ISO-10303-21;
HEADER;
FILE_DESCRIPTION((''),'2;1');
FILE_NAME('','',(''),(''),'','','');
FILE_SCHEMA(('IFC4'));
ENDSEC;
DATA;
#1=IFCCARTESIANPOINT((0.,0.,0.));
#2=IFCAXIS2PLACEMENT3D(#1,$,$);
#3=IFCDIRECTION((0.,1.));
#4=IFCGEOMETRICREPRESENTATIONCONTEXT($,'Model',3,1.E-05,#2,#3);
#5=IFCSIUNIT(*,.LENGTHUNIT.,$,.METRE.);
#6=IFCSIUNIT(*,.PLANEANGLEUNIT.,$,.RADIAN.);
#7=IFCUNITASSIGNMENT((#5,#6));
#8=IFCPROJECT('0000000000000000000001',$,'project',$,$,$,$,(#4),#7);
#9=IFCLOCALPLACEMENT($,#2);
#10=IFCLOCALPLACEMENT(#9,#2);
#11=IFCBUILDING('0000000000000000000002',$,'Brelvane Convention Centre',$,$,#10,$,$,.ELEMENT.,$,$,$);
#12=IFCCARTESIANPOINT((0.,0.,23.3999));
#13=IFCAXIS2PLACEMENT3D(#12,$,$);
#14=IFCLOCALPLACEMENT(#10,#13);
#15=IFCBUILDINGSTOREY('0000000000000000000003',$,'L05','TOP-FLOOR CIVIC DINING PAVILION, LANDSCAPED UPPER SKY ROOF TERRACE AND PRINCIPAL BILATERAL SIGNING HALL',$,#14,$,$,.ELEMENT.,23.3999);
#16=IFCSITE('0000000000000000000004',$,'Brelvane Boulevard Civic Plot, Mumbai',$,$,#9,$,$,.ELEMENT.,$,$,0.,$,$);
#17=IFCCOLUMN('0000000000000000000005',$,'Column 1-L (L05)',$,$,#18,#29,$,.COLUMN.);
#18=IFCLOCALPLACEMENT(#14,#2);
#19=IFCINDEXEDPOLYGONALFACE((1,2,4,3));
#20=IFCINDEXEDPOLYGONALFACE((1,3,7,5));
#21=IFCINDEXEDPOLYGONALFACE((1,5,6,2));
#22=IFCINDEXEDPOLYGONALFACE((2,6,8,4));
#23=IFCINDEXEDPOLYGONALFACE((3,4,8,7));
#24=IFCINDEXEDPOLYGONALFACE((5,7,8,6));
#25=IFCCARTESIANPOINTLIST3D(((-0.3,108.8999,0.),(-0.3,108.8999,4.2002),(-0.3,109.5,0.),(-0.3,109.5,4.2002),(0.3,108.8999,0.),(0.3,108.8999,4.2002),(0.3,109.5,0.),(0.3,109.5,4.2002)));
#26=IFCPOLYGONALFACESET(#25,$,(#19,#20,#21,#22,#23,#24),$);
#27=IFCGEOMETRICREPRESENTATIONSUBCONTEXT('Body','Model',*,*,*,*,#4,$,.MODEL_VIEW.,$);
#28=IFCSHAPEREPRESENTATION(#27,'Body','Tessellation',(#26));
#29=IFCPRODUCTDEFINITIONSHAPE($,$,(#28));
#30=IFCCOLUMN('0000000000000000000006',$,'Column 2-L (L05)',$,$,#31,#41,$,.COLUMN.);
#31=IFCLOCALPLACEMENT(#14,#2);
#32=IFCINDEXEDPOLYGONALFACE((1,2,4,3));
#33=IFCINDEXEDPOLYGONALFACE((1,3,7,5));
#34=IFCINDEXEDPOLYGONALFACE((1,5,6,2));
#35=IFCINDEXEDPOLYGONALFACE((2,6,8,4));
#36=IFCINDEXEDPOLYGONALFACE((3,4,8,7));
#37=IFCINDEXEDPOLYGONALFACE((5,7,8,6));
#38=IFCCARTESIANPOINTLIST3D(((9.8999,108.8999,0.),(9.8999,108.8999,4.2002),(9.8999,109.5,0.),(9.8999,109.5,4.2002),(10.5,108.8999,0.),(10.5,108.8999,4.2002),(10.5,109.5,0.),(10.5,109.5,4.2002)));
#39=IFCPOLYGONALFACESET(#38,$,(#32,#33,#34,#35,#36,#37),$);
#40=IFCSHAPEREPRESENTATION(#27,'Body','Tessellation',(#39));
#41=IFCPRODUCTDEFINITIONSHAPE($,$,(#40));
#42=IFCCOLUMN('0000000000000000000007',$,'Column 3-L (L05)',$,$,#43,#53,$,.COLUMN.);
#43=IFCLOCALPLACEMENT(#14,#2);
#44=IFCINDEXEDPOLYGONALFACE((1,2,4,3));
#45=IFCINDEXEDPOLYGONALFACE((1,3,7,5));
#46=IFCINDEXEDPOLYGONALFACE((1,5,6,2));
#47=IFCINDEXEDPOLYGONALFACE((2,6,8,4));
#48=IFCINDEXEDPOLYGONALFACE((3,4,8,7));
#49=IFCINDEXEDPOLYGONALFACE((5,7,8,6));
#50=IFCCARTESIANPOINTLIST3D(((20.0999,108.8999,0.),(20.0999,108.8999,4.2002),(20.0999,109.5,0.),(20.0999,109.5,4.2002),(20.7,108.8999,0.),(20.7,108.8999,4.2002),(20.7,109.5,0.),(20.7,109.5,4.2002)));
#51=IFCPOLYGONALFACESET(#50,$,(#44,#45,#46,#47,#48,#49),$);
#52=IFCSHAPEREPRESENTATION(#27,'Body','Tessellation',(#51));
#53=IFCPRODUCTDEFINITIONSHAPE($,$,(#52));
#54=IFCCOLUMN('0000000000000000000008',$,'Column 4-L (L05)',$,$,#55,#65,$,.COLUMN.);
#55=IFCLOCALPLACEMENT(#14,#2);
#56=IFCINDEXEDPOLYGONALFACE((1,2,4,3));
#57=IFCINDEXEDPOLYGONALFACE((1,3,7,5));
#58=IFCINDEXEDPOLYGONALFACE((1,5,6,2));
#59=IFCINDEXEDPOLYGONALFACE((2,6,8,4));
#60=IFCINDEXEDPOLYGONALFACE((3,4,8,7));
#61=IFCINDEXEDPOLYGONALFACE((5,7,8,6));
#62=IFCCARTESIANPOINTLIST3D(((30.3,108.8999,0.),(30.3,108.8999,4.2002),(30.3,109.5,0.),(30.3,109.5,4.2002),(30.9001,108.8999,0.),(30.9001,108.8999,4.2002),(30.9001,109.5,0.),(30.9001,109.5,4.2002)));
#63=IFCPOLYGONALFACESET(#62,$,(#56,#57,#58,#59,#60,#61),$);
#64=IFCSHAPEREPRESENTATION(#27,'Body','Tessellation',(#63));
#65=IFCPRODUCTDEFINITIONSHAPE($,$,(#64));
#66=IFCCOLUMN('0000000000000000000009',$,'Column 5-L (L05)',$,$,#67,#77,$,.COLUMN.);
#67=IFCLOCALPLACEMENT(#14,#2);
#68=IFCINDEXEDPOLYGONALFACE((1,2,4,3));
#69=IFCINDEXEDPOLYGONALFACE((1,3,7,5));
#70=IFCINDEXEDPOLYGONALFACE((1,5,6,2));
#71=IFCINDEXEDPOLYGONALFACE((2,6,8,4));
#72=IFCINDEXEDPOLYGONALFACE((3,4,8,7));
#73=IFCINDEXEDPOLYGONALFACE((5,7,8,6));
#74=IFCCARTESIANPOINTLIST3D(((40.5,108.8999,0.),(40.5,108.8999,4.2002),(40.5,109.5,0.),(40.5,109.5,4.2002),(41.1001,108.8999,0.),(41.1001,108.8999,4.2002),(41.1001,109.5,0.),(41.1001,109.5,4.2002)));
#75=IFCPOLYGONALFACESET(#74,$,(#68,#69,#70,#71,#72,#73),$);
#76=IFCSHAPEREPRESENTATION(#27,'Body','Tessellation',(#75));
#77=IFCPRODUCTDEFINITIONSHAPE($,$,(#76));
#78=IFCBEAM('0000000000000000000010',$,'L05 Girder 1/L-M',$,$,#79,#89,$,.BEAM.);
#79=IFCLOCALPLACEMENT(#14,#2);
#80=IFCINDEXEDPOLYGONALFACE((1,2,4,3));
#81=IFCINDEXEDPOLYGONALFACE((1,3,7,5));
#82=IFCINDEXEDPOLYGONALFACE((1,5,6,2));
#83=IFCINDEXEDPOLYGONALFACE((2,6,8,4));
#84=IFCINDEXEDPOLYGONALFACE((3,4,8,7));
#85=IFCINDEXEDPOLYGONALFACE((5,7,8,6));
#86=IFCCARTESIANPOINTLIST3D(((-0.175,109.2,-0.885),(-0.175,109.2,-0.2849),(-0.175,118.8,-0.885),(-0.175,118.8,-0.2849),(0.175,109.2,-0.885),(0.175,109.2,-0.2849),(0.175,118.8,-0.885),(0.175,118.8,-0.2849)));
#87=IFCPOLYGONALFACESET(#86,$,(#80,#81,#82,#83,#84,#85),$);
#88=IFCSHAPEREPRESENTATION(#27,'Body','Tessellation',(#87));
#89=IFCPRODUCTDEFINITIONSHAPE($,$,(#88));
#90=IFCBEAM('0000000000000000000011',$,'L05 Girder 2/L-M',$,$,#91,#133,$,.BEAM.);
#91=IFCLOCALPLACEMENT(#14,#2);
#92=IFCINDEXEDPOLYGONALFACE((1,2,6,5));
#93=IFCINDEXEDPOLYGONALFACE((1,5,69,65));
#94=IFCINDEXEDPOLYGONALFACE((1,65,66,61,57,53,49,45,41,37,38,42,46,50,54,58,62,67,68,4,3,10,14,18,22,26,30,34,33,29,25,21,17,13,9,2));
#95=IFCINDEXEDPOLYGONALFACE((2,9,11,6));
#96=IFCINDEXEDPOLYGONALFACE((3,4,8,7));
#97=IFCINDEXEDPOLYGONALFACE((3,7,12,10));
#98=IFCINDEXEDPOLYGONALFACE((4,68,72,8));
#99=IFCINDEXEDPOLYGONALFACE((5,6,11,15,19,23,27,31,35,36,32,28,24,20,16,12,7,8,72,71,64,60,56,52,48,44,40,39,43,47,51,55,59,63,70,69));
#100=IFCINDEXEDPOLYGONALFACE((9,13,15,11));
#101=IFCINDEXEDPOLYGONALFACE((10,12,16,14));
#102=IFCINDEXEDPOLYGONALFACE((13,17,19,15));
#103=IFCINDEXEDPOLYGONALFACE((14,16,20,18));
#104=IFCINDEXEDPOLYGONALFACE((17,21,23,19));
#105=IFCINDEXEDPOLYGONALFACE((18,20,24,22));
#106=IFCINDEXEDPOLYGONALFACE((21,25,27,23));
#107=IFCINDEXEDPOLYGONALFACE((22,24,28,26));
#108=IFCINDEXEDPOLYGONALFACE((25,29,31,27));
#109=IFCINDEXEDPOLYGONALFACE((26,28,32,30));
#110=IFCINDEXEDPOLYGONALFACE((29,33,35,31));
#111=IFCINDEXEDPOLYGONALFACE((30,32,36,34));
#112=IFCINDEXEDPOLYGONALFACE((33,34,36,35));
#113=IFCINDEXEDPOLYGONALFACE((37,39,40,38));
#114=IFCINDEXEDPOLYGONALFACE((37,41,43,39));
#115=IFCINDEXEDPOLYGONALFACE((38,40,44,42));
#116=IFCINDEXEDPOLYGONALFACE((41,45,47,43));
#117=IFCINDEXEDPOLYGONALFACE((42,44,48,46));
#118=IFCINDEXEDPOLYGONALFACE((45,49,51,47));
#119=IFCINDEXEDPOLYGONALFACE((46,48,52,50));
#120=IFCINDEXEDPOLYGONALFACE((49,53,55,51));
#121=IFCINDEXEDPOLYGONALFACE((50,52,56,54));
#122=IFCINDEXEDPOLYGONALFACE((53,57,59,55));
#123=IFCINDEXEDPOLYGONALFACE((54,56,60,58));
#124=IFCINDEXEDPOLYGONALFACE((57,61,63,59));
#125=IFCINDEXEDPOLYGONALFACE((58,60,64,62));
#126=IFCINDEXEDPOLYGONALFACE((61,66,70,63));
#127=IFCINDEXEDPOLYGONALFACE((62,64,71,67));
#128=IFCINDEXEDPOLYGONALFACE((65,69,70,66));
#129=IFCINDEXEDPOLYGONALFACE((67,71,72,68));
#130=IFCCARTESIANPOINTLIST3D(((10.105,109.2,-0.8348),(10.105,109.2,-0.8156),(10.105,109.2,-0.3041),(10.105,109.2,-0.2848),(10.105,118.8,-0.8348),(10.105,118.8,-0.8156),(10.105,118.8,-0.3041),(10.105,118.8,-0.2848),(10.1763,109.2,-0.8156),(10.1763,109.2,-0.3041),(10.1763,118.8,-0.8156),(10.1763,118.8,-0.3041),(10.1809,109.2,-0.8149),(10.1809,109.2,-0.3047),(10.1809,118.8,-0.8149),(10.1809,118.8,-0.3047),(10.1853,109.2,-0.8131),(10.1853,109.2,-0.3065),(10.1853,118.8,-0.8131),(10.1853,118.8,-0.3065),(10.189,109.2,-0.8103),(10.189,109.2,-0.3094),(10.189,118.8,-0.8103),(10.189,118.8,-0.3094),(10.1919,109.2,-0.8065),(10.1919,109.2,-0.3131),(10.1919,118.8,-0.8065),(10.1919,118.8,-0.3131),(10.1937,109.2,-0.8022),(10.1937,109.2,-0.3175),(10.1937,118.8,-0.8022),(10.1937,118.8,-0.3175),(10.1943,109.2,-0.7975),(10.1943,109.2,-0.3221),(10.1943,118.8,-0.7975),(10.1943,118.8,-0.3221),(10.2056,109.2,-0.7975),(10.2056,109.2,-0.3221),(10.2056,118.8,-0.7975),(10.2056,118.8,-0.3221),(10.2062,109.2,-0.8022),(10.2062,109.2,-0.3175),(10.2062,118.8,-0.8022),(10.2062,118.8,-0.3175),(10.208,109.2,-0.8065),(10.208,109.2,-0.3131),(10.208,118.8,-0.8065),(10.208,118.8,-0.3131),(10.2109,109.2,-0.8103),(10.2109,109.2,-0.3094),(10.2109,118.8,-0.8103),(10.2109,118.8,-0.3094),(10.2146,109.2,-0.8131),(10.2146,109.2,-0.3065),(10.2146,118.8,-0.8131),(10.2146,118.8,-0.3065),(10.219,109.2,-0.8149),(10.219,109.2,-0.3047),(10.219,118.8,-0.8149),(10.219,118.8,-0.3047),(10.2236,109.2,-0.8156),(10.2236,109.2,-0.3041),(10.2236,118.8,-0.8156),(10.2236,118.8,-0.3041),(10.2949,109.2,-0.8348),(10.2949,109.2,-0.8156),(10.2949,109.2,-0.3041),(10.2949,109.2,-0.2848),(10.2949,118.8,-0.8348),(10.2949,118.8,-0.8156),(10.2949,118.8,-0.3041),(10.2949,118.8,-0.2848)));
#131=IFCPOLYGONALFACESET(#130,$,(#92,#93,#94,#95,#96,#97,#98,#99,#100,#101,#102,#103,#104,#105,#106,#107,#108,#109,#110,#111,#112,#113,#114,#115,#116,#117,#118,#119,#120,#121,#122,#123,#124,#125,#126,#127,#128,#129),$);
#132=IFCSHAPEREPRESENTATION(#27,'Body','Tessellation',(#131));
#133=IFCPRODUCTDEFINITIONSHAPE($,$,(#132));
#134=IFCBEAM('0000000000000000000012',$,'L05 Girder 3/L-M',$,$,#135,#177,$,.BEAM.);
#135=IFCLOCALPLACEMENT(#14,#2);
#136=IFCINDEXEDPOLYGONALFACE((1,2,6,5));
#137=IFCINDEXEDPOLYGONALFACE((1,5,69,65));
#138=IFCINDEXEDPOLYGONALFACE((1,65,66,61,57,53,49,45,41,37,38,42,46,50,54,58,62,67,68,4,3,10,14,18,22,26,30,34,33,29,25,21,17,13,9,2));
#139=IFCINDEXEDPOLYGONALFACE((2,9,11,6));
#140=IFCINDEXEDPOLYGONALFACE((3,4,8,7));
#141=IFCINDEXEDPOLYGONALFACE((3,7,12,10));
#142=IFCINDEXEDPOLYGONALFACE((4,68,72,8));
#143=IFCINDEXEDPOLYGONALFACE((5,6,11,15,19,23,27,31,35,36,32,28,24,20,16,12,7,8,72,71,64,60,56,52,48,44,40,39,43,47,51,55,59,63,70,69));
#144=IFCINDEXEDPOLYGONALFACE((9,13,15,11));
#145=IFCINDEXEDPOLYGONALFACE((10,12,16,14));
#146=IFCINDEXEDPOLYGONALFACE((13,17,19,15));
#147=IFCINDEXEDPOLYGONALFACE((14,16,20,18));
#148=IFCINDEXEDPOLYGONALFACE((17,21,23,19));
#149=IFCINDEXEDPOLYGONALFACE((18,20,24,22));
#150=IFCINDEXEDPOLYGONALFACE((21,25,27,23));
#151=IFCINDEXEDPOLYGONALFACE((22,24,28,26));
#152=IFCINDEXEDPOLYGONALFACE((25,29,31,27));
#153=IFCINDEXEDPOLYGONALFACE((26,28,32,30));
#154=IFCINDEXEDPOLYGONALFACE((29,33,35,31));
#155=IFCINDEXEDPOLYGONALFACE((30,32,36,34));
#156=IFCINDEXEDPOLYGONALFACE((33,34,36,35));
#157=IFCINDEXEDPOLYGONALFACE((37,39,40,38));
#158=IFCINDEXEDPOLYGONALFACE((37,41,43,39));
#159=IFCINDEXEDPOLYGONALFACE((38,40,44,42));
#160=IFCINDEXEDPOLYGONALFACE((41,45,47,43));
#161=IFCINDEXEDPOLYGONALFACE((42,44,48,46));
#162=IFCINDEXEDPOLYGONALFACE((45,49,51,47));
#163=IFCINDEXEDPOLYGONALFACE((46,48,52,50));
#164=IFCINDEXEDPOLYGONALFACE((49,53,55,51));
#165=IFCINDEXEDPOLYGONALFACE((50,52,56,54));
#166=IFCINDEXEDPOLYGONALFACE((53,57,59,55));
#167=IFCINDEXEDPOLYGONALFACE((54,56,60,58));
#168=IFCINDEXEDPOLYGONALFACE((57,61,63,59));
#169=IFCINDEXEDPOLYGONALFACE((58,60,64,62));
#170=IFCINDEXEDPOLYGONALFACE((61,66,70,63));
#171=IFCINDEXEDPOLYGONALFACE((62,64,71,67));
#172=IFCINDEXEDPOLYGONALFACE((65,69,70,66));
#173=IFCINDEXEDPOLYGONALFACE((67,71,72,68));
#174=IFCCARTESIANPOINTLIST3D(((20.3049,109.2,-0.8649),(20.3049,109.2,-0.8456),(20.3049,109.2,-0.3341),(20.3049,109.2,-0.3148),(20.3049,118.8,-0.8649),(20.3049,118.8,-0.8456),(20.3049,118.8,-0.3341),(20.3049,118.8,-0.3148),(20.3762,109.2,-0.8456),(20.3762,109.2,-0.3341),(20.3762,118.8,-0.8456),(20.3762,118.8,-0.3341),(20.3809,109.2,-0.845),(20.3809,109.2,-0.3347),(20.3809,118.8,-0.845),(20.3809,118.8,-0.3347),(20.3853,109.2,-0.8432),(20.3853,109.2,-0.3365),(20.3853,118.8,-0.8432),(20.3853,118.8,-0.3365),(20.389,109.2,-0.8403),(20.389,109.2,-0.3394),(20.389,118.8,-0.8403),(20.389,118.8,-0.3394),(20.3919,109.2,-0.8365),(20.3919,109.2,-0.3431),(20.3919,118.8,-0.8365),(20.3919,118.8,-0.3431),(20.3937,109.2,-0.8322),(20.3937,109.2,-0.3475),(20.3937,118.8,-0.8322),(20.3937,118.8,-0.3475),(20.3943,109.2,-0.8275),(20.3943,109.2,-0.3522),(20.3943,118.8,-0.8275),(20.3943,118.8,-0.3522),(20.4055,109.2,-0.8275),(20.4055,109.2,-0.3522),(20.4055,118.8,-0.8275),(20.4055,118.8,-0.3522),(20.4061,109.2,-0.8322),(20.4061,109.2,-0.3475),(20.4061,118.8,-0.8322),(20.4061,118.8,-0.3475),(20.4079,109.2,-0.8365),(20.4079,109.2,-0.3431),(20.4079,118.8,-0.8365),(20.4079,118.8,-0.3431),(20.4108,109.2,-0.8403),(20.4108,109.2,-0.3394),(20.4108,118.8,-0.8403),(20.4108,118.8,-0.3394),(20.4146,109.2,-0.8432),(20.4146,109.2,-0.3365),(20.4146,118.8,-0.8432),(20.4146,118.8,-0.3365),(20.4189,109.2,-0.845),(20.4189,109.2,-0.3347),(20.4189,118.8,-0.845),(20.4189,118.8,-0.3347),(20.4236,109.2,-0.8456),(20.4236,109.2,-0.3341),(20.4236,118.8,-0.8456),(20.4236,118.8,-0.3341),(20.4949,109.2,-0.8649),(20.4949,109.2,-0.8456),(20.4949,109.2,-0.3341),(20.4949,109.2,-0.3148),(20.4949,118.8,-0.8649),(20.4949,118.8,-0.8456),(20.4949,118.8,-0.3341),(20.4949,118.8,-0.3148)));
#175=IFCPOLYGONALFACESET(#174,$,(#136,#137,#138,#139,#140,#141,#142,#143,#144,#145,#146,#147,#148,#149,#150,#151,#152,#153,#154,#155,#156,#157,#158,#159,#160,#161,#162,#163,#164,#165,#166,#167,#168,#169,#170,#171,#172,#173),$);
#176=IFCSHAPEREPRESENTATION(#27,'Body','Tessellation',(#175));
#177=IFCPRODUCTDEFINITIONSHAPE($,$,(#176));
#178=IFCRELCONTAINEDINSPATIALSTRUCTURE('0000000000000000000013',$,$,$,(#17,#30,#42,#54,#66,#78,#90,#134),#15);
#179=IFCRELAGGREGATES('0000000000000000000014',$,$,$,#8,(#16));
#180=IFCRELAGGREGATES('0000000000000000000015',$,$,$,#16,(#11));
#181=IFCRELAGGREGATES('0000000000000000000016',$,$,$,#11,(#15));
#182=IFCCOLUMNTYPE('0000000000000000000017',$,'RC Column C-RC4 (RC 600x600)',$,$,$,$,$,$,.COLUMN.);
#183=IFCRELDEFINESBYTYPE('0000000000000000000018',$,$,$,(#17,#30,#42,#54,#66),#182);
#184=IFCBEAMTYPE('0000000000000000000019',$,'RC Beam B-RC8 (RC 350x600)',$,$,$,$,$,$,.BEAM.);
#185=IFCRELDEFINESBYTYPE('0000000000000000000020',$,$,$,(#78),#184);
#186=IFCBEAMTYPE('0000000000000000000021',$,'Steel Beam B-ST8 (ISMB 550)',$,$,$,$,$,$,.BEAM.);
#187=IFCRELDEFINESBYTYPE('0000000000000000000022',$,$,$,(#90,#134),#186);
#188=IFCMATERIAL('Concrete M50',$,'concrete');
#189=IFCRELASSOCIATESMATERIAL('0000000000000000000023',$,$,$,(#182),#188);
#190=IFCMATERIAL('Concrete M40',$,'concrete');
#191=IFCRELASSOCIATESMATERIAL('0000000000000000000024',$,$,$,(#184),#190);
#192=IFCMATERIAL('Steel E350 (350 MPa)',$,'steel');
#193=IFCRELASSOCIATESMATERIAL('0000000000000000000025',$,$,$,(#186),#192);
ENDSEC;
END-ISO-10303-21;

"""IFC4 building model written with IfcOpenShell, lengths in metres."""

from ifc_helpers import new_model, si_unit, direction, frame, origin, origin_2d, place, context, subcontext, project, spatial, rectangle, i_section, extrude, material, material_profile, profile_set, type_object, element, save


model = new_model("IFC4")

# Units and contexts
model_context = context("Model", 3, precision=1e-05, world=origin(), true_north=direction((0.0, 1.0)))
body_context = subcontext(model_context, "Body", "Model", "MODEL_VIEW")
ifc_project = project(units=[si_unit("LENGTHUNIT", "METRE"), si_unit("PLANEANGLEUNIT", "RADIAN")], contexts=[model_context])

# Site, building, storey
site_placement = place(None, origin())
site = spatial("IfcSite", under=ifc_project, at=site_placement, Name="Brelvane Boulevard Civic Plot, Mumbai", CompositionType="ELEMENT", RefElevation=0.0)
building_placement = place(site_placement, origin())
building = spatial("IfcBuilding", under=site, at=building_placement, Name="Brelvane Convention Centre", CompositionType="ELEMENT")
storey_placement = place(building_placement, frame((0.0, 0.0, 23.3999)))
storey = spatial("IfcBuildingStorey", under=building, at=storey_placement, Name="L05", Description="TOP-FLOOR CIVIC DINING PAVILION, LANDSCAPED UPPER SKY ROOF TERRACE AND PRINCIPAL BILATERAL SIGNING HALL", CompositionType="ELEMENT", Elevation=23.3999)

# Columns
ifc_material_1 = material(Name="Concrete M50", Category="concrete")
ifc_material_profile_1 = material_profile(ifc_material_1, rectangle(XDim=0.6001, YDim=0.6001, at=origin_2d()), Name="RC 600x600")
ifc_profile_set_1 = profile_set([ifc_material_profile_1], Name="Concrete M50")
column_type = type_object("IfcColumnType", Name="RC Column C-RC4 (RC 600x600)", PredefinedType="COLUMN", material=ifc_profile_set_1)
for number, where, z_axis, x_axis, name in (
    (1, (0.0, 109.2, 0.0), (0.0, 0.0, 1.0), (1.0, 0.0, 0.0), "Column 1-L (L05)"),
    (2, (10.2, 109.2, 0.0), (0.0, 0.0, 1.0), (1.0, 0.0, 0.0), "Column 2-L (L05)"),
    (3, (20.3999, 109.2, 0.0), (0.0, 0.0, 1.0), (1.0, 0.0, 0.0), "Column 3-L (L05)"),
    (4, (30.6001, 109.2, 0.0), (0.0, 0.0, 1.0), (1.0, 0.0, 0.0), "Column 4-L (L05)"),
    (5, (40.8, 109.2, 0.0), (0.0, 0.0, 1.0), (1.0, 0.0, 0.0), "Column 5-L (L05)"),
):
    element("IfcColumn", number, at=place(storey_placement, frame(where, z_axis=z_axis, x_axis=x_axis)), inside=storey, type_object=column_type, Name=name, PredefinedType="COLUMN", context=body_context, shape_type="SweptSolid", body=[
        extrude(rectangle(XDim=0.6001, YDim=0.6001, at=origin_2d()), origin(), (0.0, 0.0, 1.0), 4.2002),
    ])

# Beams
ifc_material_2 = material(Name="Concrete M40", Category="concrete")
ifc_material_profile_2 = material_profile(ifc_material_2, rectangle(XDim=0.3501, YDim=0.6001, at=origin_2d()), Name="RC 350x600")
ifc_profile_set_2 = profile_set([ifc_material_profile_2], Name="Concrete M40")
beam_type_1 = type_object("IfcBeamType", Name="RC Beam B-RC8 (RC 350x600)", PredefinedType="BEAM", material=ifc_profile_set_2)
beam_1_placement = place(storey_placement, frame((0.0, 109.2, -0.585), z_axis=(0.0, 1.0, 0.0), x_axis=(-1.0, 0.0, 0.0)))
element("IfcBeam", 6, at=beam_1_placement, inside=storey, type_object=beam_type_1, Name="L05 Girder 1/L-M", PredefinedType="BEAM", context=body_context, shape_type="SweptSolid", body=[
    extrude(rectangle(XDim=0.3501, YDim=0.6001, at=origin_2d()), origin(), (0.0, 0.0, 1.0), 9.6001),
])
ifc_material_3 = material(Name="Steel E350 (350 MPa)", Category="steel")
ifc_material_profile_3 = material_profile(ifc_material_3, i_section(OverallWidth=0.1899, OverallDepth=0.55, WebThickness=0.0112, FlangeThickness=0.0193, FilletRadius=0.0181, at=origin_2d()), Name="ISMB 550")
ifc_profile_set_3 = profile_set([ifc_material_profile_3], Name="Steel E350 (350 MPa)")
beam_type_2 = type_object("IfcBeamType", Name="Steel Beam B-ST8 (ISMB 550)", PredefinedType="BEAM", material=ifc_profile_set_3)
for number, where, z_axis, x_axis, name in (
    (7, (10.2, 109.2, -0.5598), (0.0, 1.0, 0.0), (-1.0, 0.0, 0.0), "L05 Girder 2/L-M"),
    (8, (20.3999, 109.2, -0.5898), (0.0, 1.0, 0.0), (-1.0, 0.0, 0.0), "L05 Girder 3/L-M"),
):
    element("IfcBeam", number, at=place(storey_placement, frame(where, z_axis=z_axis, x_axis=x_axis)), inside=storey, type_object=beam_type_2, Name=name, PredefinedType="BEAM", context=body_context, shape_type="SweptSolid", body=[
        extrude(i_section(OverallWidth=0.1899, OverallDepth=0.55, WebThickness=0.0112, FlangeThickness=0.0193, FilletRadius=0.0181, at=origin_2d()), origin(), (0.0, 0.0, 1.0), 9.6001),
    ])

save(model, "model.ifc")
